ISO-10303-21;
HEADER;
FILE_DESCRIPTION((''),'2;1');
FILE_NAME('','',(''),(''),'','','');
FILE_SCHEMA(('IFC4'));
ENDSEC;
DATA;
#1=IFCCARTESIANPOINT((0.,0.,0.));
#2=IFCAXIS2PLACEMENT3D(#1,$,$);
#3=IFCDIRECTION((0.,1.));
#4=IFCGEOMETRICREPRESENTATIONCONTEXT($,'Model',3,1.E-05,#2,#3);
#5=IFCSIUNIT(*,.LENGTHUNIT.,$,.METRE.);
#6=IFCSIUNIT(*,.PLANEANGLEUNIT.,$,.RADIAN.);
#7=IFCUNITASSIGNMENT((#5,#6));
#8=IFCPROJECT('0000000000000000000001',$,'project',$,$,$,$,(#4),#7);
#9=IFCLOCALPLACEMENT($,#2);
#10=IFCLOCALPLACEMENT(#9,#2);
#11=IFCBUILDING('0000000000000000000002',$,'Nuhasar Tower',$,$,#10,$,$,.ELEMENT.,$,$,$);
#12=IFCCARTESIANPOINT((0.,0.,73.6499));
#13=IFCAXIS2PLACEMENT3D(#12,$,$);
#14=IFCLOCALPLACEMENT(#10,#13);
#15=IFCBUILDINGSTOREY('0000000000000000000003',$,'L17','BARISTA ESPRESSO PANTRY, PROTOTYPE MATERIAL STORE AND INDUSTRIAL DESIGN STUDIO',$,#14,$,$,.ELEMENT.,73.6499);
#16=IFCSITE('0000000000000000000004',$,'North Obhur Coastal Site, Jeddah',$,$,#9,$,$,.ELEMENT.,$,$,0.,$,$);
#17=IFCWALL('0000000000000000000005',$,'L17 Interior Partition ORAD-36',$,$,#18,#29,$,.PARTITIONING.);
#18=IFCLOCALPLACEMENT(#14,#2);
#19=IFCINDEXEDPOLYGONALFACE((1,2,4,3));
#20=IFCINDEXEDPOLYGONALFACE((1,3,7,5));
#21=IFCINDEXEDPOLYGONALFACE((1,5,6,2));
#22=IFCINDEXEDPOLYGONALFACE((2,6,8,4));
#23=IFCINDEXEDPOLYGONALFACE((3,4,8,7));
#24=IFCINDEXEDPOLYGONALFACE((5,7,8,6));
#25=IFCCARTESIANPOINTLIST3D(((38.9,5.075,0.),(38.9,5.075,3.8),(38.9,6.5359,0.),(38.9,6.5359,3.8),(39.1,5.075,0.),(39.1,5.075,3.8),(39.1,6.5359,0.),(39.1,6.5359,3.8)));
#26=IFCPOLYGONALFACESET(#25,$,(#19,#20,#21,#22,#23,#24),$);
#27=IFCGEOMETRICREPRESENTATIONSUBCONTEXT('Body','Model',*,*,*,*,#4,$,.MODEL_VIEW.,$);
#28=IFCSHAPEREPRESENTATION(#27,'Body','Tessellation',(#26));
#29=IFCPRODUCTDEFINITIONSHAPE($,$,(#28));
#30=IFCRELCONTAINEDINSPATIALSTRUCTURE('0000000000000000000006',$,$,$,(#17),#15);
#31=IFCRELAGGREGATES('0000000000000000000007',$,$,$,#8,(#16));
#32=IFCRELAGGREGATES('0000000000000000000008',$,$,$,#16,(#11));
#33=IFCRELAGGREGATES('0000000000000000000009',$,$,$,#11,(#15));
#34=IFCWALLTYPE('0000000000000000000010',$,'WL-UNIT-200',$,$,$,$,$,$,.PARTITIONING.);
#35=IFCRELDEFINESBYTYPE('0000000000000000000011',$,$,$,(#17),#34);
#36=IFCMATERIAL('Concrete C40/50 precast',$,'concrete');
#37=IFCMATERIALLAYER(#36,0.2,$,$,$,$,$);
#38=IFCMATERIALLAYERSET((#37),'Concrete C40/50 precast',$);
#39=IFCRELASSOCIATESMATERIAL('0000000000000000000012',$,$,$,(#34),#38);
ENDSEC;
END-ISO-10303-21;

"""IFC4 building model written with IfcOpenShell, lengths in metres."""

from ifc_helpers import new_model, si_unit, direction, frame, frame_2d, origin, place, context, subcontext, project, spatial, rectangle, extrude, material, layer, layer_set, type_object, element, save


model = new_model("IFC4")

# Units and contexts
model_context = context("Model", 3, precision=1e-05, world=origin(), true_north=direction((0.0, 1.0)))
body_context = subcontext(model_context, "Body", "Model", "MODEL_VIEW")
ifc_project = project(units=[si_unit("LENGTHUNIT", "METRE"), si_unit("PLANEANGLEUNIT", "RADIAN")], contexts=[model_context])

# Site, building, storey
site_placement = place(None, origin())
site = spatial("IfcSite", under=ifc_project, at=site_placement, Name="North Obhur Coastal Site, Jeddah", CompositionType="ELEMENT", RefElevation=0.0)
building_placement = place(site_placement, origin())
building = spatial("IfcBuilding", under=site, at=building_placement, Name="Nuhasar Tower", CompositionType="ELEMENT")
storey_placement = place(building_placement, frame((0.0, 0.0, 73.6499)))
storey = spatial("IfcBuildingStorey", under=building, at=storey_placement, Name="L17", Description="BARISTA ESPRESSO PANTRY, PROTOTYPE MATERIAL STORE AND INDUSTRIAL DESIGN STUDIO", CompositionType="ELEMENT", Elevation=73.6499)

# Wall
ifc_material_1 = material(Name="Concrete C40/50 precast", Category="concrete")
ifc_layer_1 = layer(ifc_material_1, 0.2)
ifc_layer_set_1 = layer_set([ifc_layer_1], Name="Concrete C40/50 precast")
wall_type_1 = type_object("IfcWallType", Name="WL-UNIT-200", PredefinedType="PARTITIONING", material=ifc_layer_set_1)
wall_1_placement = place(storey_placement, frame((39.0, 6.5359, 0.0), z_axis=(0.0, 0.0, 1.0), x_axis=(0.0, -1.0, 0.0)))
element("IfcWall", 1, at=wall_1_placement, inside=storey, type_object=wall_type_1, Name="L17 Interior Partition ORAD-36", PredefinedType="PARTITIONING", context=body_context, shape_type="SweptSolid", body=[
    extrude(rectangle(XDim=1.4609, YDim=0.2, at=frame_2d((0.7305, 0.0))), origin(), (0.0, 0.0, 1.0), 3.8),
])

save(model, "model.ifc")
